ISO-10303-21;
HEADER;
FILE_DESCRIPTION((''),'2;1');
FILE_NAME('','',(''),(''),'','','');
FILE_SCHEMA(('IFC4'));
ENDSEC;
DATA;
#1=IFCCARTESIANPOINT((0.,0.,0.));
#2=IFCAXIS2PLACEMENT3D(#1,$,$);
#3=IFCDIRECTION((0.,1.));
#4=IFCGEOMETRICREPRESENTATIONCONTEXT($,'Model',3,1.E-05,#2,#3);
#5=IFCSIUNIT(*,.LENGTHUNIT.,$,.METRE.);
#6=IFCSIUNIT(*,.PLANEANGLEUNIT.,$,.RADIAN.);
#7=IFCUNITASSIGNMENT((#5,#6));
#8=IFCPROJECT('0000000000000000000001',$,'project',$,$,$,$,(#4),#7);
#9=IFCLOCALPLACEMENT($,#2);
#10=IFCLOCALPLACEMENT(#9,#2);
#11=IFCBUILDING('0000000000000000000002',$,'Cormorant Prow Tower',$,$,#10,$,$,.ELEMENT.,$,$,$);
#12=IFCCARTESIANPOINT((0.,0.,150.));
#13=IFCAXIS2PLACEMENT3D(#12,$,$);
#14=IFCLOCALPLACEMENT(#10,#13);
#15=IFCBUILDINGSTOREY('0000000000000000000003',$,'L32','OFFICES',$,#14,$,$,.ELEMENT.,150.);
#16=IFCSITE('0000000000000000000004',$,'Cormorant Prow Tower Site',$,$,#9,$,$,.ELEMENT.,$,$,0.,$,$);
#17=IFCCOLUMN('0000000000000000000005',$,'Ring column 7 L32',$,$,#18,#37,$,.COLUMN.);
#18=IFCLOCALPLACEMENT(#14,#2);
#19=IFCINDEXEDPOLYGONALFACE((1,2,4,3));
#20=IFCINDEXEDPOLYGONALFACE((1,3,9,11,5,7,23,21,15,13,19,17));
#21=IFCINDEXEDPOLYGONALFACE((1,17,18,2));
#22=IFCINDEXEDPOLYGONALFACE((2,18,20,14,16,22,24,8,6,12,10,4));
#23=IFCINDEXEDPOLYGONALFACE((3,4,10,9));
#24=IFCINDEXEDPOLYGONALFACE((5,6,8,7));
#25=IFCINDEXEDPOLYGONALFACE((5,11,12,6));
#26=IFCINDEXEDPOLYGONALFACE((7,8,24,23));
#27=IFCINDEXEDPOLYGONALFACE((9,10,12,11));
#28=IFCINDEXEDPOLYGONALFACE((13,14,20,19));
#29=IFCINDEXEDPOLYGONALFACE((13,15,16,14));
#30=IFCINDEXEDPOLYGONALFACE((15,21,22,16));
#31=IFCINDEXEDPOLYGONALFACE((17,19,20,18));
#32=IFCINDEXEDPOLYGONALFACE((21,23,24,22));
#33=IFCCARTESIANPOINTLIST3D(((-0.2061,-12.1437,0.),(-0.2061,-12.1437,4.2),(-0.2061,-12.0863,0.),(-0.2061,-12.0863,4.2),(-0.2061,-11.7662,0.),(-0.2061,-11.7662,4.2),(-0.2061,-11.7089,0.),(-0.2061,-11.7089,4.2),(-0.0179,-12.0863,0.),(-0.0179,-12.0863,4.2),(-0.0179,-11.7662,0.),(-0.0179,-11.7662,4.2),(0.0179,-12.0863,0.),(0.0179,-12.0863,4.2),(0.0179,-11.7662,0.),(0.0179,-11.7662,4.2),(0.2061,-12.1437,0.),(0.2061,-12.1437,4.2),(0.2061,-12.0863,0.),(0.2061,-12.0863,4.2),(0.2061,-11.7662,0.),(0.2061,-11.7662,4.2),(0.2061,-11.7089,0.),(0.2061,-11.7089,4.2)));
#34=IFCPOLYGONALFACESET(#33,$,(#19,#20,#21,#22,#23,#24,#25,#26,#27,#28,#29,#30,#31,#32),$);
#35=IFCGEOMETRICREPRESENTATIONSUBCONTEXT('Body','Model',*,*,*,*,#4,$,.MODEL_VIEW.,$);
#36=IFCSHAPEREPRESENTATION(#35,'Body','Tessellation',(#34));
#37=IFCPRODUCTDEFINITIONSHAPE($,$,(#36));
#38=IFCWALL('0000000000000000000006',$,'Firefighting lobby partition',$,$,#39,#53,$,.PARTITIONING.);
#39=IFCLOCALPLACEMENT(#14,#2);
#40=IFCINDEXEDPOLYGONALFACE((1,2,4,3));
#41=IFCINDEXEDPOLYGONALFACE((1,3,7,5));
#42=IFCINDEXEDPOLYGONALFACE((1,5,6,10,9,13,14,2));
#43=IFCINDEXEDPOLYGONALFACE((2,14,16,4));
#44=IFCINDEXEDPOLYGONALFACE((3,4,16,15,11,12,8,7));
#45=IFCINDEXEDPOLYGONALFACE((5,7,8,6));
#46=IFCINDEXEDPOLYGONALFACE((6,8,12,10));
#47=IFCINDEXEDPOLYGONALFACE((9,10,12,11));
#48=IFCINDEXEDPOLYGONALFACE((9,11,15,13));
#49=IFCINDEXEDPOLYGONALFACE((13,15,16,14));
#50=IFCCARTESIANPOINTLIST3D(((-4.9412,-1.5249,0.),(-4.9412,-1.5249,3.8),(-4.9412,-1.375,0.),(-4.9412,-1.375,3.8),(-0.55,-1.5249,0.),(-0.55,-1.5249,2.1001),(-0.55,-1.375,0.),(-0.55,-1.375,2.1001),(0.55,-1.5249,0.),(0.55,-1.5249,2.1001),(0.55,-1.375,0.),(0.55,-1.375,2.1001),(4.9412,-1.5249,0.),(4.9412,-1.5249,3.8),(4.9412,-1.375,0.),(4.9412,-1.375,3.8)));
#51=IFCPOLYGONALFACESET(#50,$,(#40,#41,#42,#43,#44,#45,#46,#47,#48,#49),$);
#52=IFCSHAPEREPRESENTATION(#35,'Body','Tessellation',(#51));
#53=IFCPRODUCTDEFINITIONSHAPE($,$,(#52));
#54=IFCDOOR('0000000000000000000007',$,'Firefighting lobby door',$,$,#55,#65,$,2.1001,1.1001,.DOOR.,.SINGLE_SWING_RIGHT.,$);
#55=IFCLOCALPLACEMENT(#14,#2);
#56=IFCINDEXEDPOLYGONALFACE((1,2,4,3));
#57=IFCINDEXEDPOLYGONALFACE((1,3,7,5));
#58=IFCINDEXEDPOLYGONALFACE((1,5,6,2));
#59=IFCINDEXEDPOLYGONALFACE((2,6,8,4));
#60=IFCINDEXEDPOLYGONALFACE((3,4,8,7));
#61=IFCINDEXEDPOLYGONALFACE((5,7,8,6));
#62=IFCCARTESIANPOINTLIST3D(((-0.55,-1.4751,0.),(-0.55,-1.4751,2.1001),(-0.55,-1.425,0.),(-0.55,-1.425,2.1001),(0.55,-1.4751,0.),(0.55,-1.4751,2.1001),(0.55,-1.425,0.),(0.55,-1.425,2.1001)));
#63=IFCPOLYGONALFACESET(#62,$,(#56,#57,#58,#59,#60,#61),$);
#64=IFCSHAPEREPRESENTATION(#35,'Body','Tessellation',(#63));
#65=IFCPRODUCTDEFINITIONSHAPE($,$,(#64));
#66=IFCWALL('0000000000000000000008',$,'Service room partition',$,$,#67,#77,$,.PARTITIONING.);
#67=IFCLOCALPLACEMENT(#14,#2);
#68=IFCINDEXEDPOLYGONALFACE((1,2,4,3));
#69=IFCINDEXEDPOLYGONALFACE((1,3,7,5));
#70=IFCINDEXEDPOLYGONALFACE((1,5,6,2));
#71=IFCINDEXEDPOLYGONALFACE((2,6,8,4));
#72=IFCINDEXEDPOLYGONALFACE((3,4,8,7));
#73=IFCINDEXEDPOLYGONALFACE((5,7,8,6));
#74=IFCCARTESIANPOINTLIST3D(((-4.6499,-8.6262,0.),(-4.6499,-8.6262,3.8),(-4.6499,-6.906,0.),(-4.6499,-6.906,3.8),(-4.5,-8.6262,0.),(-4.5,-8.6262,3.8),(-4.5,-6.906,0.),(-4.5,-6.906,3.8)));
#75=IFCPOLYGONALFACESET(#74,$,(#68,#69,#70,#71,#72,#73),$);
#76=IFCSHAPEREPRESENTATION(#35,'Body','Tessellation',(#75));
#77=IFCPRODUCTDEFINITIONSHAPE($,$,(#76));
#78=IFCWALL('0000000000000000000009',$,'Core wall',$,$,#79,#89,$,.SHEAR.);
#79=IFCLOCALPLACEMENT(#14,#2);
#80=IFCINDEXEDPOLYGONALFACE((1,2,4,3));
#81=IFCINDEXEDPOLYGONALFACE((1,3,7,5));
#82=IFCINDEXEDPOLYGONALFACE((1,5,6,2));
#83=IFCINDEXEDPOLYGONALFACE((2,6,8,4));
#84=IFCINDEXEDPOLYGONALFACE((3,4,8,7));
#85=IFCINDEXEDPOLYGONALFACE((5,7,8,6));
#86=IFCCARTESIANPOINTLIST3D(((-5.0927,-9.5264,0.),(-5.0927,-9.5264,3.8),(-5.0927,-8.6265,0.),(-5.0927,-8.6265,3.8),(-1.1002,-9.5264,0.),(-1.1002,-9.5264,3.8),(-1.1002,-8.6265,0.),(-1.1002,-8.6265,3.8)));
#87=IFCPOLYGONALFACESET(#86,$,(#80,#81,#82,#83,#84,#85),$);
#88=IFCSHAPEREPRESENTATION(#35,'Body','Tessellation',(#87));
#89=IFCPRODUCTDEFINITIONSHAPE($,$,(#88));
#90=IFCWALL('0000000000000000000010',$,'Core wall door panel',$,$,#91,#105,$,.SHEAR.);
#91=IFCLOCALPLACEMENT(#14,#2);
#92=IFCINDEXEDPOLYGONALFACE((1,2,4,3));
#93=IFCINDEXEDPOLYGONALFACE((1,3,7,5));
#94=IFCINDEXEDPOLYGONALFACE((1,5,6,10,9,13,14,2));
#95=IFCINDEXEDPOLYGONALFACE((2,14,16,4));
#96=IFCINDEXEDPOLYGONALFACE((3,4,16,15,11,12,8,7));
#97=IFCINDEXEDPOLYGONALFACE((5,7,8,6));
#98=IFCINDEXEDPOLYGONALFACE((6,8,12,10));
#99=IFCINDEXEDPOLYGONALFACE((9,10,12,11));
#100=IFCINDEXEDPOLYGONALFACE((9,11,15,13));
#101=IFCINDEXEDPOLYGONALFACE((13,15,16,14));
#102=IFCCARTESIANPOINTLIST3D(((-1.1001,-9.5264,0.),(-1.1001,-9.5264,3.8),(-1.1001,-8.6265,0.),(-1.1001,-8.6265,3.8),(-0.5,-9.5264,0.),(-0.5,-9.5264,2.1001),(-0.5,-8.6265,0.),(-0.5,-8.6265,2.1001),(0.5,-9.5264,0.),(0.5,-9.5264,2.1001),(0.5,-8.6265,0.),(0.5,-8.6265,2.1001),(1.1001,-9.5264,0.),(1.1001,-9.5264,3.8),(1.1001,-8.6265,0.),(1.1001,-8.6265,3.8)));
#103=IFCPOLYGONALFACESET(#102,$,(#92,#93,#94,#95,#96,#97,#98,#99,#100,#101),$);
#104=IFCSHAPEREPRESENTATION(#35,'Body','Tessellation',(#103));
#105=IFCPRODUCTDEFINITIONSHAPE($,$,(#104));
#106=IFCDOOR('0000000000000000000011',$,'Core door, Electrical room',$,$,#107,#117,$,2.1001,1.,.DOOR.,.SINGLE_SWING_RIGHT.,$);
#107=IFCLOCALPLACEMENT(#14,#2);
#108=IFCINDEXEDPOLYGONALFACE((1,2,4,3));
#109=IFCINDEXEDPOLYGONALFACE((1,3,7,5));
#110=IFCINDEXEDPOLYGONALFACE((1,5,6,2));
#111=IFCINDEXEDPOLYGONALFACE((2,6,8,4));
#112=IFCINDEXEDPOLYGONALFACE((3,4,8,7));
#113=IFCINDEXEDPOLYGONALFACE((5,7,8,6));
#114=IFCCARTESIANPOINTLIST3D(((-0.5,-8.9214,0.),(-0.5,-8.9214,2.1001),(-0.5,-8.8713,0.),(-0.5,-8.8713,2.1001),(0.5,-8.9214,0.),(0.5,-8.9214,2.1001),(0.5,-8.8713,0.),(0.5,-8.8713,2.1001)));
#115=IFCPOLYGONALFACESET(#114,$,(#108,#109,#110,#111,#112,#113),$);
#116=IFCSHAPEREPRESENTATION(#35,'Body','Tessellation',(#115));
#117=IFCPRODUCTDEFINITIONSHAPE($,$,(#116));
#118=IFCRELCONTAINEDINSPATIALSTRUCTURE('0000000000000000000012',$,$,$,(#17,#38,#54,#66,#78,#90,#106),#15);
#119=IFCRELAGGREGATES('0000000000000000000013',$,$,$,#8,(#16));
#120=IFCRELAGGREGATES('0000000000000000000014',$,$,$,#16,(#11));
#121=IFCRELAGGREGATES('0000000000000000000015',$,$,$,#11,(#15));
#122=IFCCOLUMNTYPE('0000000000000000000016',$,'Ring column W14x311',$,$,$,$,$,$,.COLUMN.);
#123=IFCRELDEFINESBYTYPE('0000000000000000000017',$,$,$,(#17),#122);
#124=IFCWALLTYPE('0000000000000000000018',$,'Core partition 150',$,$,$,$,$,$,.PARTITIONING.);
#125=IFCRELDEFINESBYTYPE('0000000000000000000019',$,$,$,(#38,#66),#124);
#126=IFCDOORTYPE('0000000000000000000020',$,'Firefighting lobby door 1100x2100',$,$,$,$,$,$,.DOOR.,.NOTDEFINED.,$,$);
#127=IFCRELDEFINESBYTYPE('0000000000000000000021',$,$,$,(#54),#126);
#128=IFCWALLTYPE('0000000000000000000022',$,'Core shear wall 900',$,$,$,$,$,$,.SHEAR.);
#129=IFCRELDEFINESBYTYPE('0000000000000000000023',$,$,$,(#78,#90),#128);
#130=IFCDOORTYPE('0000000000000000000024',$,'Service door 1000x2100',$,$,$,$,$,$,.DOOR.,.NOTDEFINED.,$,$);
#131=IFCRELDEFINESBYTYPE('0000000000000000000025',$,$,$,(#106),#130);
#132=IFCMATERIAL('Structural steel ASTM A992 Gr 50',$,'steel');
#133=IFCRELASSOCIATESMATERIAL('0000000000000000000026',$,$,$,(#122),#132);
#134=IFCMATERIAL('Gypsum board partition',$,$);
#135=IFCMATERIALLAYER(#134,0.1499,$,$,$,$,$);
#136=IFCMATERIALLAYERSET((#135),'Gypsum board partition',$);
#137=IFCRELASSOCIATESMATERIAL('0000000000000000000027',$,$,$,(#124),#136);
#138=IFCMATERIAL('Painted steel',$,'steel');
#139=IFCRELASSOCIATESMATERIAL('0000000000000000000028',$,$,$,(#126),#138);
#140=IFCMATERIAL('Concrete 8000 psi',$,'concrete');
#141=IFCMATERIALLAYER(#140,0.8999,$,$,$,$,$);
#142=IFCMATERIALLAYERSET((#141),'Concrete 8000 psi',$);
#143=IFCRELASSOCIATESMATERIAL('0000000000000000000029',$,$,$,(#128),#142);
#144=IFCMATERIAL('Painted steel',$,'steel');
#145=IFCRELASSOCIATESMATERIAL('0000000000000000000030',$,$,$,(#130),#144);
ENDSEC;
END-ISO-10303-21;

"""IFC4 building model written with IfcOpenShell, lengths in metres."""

from ifc_helpers import new_model, si_unit, direction, frame, frame_2d, origin, origin_2d, place, context, subcontext, project, spatial, rectangle, i_section, extrude, material, layer, layer_set, material_profile, profile_set, type_object, element, fill, save


model = new_model("IFC4")

# Units and contexts
model_context = context("Model", 3, precision=1e-05, world=origin(), true_north=direction((0.0, 1.0)))
body_context = subcontext(model_context, "Body", "Model", "MODEL_VIEW")
ifc_project = project(units=[si_unit("LENGTHUNIT", "METRE"), si_unit("PLANEANGLEUNIT", "RADIAN")], contexts=[model_context])

# Site, building, storey
site_placement = place(None, origin())
site = spatial("IfcSite", under=ifc_project, at=site_placement, Name="Cormorant Prow Tower Site", CompositionType="ELEMENT", RefElevation=0.0)
building_placement = place(site_placement, origin())
building = spatial("IfcBuilding", under=site, at=building_placement, Name="Cormorant Prow Tower", CompositionType="ELEMENT")
storey_placement = place(building_placement, frame((0.0, 0.0, 150.0)))
storey = spatial("IfcBuildingStorey", under=building, at=storey_placement, Name="L32", Description="OFFICES", CompositionType="ELEMENT", Elevation=150.0)

# Column
ifc_material_1 = material(Name="Structural steel ASTM A992 Gr 50", Category="steel")
ifc_material_profile = material_profile(ifc_material_1, i_section(OverallWidth=0.4121, OverallDepth=0.4348, WebThickness=0.0359, FlangeThickness=0.0574, at=origin_2d()), Name="W14x311")
ifc_profile_set = profile_set([ifc_material_profile], Name="Structural steel ASTM A992 Gr 50")
column_type = type_object("IfcColumnType", Name="Ring column W14x311", PredefinedType="COLUMN", material=ifc_profile_set)
column_placement = place(storey_placement, frame((0.0, -11.9263, 0.0), z_axis=(0.0, 0.0, 1.0), x_axis=(1.0, 0.0, 0.0)))
element("IfcColumn", 1, at=column_placement, inside=storey, type_object=column_type, Name="Ring column 7 L32", PredefinedType="COLUMN", context=body_context, shape_type="SweptSolid", body=[
    extrude(i_section(OverallWidth=0.4121, OverallDepth=0.4348, WebThickness=0.0359, FlangeThickness=0.0574, at=origin_2d()), origin(), (0.0, 0.0, 1.0), 4.2),
])

# Wall, opening, door
ifc_material_2 = material(Name="Gypsum board partition")
ifc_layer_1 = layer(ifc_material_2, 0.1499)
ifc_layer_set_1 = layer_set([ifc_layer_1], Name="Gypsum board partition")
wall_type_1 = type_object("IfcWallType", Name="Core partition 150", PredefinedType="PARTITIONING", material=ifc_layer_set_1)
wall_1_placement = place(storey_placement, frame((-4.9412, -1.45, 0.0), z_axis=(0.0, 0.0, 1.0), x_axis=(1.0, 0.0, 0.0)))
wall_1 = element("IfcWall", 2, at=wall_1_placement, inside=storey, type_object=wall_type_1, Name="Firefighting lobby partition", PredefinedType="PARTITIONING", context=body_context, shape_type="SweptSolid", body=[
    extrude(rectangle(XDim=9.8823, YDim=0.1499, at=frame_2d((4.9412, 0.0))), origin(), (0.0, 0.0, 1.0), 3.8),
])
opening_1_placement = place(wall_1_placement, frame((4.3911, 0.0, 0.0)))
opening_1 = element("IfcOpeningElement", 3, at=opening_1_placement, cuts=wall_1, PredefinedType="OPENING", context=body_context, shape_type="SweptSolid", body=[
    extrude(rectangle(XDim=1.1001, YDim=2.1001, at=frame_2d((0.55, 1.05))), frame((0.0, 0.085, 0.0), z_axis=(0.0, -1.0, 0.0), x_axis=(1.0, 0.0, 0.0)), (0.0, 0.0, 1.0), 0.1699),
])
ifc_material_3 = material(Name="Painted steel", Category="steel")
door_type_1 = type_object("IfcDoorType", Name="Firefighting lobby door 1100x2100", OperationType="NOTDEFINED", PredefinedType="DOOR", material=ifc_material_3)
door_1_placement = place(opening_1_placement, origin())
door_1 = element("IfcDoor", 4, at=door_1_placement, inside=storey, type_object=door_type_1, Name="Firefighting lobby door", OperationType="SINGLE_SWING_RIGHT", OverallHeight=2.1001, OverallWidth=1.1001, PredefinedType="DOOR", context=body_context, shape_type="SweptSolid", body=[
    extrude(rectangle(XDim=1.1001, YDim=2.1001, at=frame_2d((0.55, 1.05))), frame((0.0, 0.0249, 0.0), z_axis=(0.0, -1.0, 0.0), x_axis=(1.0, 0.0, 0.0)), (0.0, 0.0, 1.0), 0.05),
])
fill(opening_1, door_1)

# Walls
wall_2_placement = place(storey_placement, frame((-4.575, -6.906, 0.0), z_axis=(0.0, 0.0, 1.0), x_axis=(0.0, -1.0, 0.0)))
element("IfcWall", 5, at=wall_2_placement, inside=storey, type_object=wall_type_1, Name="Service room partition", PredefinedType="PARTITIONING", context=body_context, shape_type="SweptSolid", body=[
    extrude(rectangle(XDim=1.7202, YDim=0.1499, at=frame_2d((0.8601, 0.0))), origin(), (0.0, 0.0, 1.0), 3.8),
])
ifc_material_4 = material(Name="Concrete 8000 psi", Category="concrete")
ifc_layer_2 = layer(ifc_material_4, 0.8999)
ifc_layer_set_2 = layer_set([ifc_layer_2], Name="Concrete 8000 psi")
wall_type_2 = type_object("IfcWallType", Name="Core shear wall 900", PredefinedType="SHEAR", material=ifc_layer_set_2)
wall_3_placement = place(storey_placement, frame((-5.0925, -9.0764, 0.0), z_axis=(0.0, 0.0, 1.0), x_axis=(1.0, 0.0, 0.0)))
element("IfcWall", 6, at=wall_3_placement, inside=storey, type_object=wall_type_2, Name="Core wall", PredefinedType="SHEAR", context=body_context, shape_type="SweptSolid", body=[
    extrude(rectangle(XDim=3.9924, YDim=0.8999, at=frame_2d((1.9961, 0.0))), origin(), (0.0, 0.0, 1.0), 3.8),
])

# Wall, opening, door
wall_4_placement = place(storey_placement, frame((-1.1001, -9.0764, 0.0), z_axis=(0.0, 0.0, 1.0), x_axis=(1.0, 0.0, 0.0)))
wall_4 = element("IfcWall", 7, at=wall_4_placement, inside=storey, type_object=wall_type_2, Name="Core wall door panel", PredefinedType="SHEAR", context=body_context, shape_type="SweptSolid", body=[
    extrude(rectangle(XDim=2.2002, YDim=0.8999, at=frame_2d((1.1001, 0.0))), origin(), (0.0, 0.0, 1.0), 3.8),
])
opening_2_placement = place(wall_4_placement, frame((0.6001, 0.0, 0.0)))
opening_2 = element("IfcOpeningElement", 8, at=opening_2_placement, cuts=wall_4, PredefinedType="OPENING", context=body_context, shape_type="SweptSolid", body=[
    extrude(rectangle(XDim=1.0, YDim=2.1001, at=frame_2d((0.5, 1.05))), frame((0.0, 0.46, 0.0), z_axis=(0.0, -1.0, 0.0), x_axis=(1.0, 0.0, 0.0)), (0.0, 0.0, 1.0), 0.9199),
])
ifc_material_5 = material(Name="Painted steel", Category="steel")
door_type_2 = type_object("IfcDoorType", Name="Service door 1000x2100", OperationType="NOTDEFINED", PredefinedType="DOOR", material=ifc_material_5)
door_2_placement = place(opening_2_placement, origin())
door_2 = element("IfcDoor", 9, at=door_2_placement, inside=storey, type_object=door_type_2, Name="Core door, Electrical room", OperationType="SINGLE_SWING_RIGHT", OverallHeight=2.1001, OverallWidth=1.0, PredefinedType="DOOR", context=body_context, shape_type="SweptSolid", body=[
    extrude(rectangle(XDim=1.0, YDim=2.1001, at=frame_2d((0.5, 1.05))), frame((0.0, 0.2051, 0.0), z_axis=(0.0, -1.0, 0.0), x_axis=(1.0, 0.0, 0.0)), (0.0, 0.0, 1.0), 0.05),
])
fill(opening_2, door_2)

save(model, "model.ifc")
